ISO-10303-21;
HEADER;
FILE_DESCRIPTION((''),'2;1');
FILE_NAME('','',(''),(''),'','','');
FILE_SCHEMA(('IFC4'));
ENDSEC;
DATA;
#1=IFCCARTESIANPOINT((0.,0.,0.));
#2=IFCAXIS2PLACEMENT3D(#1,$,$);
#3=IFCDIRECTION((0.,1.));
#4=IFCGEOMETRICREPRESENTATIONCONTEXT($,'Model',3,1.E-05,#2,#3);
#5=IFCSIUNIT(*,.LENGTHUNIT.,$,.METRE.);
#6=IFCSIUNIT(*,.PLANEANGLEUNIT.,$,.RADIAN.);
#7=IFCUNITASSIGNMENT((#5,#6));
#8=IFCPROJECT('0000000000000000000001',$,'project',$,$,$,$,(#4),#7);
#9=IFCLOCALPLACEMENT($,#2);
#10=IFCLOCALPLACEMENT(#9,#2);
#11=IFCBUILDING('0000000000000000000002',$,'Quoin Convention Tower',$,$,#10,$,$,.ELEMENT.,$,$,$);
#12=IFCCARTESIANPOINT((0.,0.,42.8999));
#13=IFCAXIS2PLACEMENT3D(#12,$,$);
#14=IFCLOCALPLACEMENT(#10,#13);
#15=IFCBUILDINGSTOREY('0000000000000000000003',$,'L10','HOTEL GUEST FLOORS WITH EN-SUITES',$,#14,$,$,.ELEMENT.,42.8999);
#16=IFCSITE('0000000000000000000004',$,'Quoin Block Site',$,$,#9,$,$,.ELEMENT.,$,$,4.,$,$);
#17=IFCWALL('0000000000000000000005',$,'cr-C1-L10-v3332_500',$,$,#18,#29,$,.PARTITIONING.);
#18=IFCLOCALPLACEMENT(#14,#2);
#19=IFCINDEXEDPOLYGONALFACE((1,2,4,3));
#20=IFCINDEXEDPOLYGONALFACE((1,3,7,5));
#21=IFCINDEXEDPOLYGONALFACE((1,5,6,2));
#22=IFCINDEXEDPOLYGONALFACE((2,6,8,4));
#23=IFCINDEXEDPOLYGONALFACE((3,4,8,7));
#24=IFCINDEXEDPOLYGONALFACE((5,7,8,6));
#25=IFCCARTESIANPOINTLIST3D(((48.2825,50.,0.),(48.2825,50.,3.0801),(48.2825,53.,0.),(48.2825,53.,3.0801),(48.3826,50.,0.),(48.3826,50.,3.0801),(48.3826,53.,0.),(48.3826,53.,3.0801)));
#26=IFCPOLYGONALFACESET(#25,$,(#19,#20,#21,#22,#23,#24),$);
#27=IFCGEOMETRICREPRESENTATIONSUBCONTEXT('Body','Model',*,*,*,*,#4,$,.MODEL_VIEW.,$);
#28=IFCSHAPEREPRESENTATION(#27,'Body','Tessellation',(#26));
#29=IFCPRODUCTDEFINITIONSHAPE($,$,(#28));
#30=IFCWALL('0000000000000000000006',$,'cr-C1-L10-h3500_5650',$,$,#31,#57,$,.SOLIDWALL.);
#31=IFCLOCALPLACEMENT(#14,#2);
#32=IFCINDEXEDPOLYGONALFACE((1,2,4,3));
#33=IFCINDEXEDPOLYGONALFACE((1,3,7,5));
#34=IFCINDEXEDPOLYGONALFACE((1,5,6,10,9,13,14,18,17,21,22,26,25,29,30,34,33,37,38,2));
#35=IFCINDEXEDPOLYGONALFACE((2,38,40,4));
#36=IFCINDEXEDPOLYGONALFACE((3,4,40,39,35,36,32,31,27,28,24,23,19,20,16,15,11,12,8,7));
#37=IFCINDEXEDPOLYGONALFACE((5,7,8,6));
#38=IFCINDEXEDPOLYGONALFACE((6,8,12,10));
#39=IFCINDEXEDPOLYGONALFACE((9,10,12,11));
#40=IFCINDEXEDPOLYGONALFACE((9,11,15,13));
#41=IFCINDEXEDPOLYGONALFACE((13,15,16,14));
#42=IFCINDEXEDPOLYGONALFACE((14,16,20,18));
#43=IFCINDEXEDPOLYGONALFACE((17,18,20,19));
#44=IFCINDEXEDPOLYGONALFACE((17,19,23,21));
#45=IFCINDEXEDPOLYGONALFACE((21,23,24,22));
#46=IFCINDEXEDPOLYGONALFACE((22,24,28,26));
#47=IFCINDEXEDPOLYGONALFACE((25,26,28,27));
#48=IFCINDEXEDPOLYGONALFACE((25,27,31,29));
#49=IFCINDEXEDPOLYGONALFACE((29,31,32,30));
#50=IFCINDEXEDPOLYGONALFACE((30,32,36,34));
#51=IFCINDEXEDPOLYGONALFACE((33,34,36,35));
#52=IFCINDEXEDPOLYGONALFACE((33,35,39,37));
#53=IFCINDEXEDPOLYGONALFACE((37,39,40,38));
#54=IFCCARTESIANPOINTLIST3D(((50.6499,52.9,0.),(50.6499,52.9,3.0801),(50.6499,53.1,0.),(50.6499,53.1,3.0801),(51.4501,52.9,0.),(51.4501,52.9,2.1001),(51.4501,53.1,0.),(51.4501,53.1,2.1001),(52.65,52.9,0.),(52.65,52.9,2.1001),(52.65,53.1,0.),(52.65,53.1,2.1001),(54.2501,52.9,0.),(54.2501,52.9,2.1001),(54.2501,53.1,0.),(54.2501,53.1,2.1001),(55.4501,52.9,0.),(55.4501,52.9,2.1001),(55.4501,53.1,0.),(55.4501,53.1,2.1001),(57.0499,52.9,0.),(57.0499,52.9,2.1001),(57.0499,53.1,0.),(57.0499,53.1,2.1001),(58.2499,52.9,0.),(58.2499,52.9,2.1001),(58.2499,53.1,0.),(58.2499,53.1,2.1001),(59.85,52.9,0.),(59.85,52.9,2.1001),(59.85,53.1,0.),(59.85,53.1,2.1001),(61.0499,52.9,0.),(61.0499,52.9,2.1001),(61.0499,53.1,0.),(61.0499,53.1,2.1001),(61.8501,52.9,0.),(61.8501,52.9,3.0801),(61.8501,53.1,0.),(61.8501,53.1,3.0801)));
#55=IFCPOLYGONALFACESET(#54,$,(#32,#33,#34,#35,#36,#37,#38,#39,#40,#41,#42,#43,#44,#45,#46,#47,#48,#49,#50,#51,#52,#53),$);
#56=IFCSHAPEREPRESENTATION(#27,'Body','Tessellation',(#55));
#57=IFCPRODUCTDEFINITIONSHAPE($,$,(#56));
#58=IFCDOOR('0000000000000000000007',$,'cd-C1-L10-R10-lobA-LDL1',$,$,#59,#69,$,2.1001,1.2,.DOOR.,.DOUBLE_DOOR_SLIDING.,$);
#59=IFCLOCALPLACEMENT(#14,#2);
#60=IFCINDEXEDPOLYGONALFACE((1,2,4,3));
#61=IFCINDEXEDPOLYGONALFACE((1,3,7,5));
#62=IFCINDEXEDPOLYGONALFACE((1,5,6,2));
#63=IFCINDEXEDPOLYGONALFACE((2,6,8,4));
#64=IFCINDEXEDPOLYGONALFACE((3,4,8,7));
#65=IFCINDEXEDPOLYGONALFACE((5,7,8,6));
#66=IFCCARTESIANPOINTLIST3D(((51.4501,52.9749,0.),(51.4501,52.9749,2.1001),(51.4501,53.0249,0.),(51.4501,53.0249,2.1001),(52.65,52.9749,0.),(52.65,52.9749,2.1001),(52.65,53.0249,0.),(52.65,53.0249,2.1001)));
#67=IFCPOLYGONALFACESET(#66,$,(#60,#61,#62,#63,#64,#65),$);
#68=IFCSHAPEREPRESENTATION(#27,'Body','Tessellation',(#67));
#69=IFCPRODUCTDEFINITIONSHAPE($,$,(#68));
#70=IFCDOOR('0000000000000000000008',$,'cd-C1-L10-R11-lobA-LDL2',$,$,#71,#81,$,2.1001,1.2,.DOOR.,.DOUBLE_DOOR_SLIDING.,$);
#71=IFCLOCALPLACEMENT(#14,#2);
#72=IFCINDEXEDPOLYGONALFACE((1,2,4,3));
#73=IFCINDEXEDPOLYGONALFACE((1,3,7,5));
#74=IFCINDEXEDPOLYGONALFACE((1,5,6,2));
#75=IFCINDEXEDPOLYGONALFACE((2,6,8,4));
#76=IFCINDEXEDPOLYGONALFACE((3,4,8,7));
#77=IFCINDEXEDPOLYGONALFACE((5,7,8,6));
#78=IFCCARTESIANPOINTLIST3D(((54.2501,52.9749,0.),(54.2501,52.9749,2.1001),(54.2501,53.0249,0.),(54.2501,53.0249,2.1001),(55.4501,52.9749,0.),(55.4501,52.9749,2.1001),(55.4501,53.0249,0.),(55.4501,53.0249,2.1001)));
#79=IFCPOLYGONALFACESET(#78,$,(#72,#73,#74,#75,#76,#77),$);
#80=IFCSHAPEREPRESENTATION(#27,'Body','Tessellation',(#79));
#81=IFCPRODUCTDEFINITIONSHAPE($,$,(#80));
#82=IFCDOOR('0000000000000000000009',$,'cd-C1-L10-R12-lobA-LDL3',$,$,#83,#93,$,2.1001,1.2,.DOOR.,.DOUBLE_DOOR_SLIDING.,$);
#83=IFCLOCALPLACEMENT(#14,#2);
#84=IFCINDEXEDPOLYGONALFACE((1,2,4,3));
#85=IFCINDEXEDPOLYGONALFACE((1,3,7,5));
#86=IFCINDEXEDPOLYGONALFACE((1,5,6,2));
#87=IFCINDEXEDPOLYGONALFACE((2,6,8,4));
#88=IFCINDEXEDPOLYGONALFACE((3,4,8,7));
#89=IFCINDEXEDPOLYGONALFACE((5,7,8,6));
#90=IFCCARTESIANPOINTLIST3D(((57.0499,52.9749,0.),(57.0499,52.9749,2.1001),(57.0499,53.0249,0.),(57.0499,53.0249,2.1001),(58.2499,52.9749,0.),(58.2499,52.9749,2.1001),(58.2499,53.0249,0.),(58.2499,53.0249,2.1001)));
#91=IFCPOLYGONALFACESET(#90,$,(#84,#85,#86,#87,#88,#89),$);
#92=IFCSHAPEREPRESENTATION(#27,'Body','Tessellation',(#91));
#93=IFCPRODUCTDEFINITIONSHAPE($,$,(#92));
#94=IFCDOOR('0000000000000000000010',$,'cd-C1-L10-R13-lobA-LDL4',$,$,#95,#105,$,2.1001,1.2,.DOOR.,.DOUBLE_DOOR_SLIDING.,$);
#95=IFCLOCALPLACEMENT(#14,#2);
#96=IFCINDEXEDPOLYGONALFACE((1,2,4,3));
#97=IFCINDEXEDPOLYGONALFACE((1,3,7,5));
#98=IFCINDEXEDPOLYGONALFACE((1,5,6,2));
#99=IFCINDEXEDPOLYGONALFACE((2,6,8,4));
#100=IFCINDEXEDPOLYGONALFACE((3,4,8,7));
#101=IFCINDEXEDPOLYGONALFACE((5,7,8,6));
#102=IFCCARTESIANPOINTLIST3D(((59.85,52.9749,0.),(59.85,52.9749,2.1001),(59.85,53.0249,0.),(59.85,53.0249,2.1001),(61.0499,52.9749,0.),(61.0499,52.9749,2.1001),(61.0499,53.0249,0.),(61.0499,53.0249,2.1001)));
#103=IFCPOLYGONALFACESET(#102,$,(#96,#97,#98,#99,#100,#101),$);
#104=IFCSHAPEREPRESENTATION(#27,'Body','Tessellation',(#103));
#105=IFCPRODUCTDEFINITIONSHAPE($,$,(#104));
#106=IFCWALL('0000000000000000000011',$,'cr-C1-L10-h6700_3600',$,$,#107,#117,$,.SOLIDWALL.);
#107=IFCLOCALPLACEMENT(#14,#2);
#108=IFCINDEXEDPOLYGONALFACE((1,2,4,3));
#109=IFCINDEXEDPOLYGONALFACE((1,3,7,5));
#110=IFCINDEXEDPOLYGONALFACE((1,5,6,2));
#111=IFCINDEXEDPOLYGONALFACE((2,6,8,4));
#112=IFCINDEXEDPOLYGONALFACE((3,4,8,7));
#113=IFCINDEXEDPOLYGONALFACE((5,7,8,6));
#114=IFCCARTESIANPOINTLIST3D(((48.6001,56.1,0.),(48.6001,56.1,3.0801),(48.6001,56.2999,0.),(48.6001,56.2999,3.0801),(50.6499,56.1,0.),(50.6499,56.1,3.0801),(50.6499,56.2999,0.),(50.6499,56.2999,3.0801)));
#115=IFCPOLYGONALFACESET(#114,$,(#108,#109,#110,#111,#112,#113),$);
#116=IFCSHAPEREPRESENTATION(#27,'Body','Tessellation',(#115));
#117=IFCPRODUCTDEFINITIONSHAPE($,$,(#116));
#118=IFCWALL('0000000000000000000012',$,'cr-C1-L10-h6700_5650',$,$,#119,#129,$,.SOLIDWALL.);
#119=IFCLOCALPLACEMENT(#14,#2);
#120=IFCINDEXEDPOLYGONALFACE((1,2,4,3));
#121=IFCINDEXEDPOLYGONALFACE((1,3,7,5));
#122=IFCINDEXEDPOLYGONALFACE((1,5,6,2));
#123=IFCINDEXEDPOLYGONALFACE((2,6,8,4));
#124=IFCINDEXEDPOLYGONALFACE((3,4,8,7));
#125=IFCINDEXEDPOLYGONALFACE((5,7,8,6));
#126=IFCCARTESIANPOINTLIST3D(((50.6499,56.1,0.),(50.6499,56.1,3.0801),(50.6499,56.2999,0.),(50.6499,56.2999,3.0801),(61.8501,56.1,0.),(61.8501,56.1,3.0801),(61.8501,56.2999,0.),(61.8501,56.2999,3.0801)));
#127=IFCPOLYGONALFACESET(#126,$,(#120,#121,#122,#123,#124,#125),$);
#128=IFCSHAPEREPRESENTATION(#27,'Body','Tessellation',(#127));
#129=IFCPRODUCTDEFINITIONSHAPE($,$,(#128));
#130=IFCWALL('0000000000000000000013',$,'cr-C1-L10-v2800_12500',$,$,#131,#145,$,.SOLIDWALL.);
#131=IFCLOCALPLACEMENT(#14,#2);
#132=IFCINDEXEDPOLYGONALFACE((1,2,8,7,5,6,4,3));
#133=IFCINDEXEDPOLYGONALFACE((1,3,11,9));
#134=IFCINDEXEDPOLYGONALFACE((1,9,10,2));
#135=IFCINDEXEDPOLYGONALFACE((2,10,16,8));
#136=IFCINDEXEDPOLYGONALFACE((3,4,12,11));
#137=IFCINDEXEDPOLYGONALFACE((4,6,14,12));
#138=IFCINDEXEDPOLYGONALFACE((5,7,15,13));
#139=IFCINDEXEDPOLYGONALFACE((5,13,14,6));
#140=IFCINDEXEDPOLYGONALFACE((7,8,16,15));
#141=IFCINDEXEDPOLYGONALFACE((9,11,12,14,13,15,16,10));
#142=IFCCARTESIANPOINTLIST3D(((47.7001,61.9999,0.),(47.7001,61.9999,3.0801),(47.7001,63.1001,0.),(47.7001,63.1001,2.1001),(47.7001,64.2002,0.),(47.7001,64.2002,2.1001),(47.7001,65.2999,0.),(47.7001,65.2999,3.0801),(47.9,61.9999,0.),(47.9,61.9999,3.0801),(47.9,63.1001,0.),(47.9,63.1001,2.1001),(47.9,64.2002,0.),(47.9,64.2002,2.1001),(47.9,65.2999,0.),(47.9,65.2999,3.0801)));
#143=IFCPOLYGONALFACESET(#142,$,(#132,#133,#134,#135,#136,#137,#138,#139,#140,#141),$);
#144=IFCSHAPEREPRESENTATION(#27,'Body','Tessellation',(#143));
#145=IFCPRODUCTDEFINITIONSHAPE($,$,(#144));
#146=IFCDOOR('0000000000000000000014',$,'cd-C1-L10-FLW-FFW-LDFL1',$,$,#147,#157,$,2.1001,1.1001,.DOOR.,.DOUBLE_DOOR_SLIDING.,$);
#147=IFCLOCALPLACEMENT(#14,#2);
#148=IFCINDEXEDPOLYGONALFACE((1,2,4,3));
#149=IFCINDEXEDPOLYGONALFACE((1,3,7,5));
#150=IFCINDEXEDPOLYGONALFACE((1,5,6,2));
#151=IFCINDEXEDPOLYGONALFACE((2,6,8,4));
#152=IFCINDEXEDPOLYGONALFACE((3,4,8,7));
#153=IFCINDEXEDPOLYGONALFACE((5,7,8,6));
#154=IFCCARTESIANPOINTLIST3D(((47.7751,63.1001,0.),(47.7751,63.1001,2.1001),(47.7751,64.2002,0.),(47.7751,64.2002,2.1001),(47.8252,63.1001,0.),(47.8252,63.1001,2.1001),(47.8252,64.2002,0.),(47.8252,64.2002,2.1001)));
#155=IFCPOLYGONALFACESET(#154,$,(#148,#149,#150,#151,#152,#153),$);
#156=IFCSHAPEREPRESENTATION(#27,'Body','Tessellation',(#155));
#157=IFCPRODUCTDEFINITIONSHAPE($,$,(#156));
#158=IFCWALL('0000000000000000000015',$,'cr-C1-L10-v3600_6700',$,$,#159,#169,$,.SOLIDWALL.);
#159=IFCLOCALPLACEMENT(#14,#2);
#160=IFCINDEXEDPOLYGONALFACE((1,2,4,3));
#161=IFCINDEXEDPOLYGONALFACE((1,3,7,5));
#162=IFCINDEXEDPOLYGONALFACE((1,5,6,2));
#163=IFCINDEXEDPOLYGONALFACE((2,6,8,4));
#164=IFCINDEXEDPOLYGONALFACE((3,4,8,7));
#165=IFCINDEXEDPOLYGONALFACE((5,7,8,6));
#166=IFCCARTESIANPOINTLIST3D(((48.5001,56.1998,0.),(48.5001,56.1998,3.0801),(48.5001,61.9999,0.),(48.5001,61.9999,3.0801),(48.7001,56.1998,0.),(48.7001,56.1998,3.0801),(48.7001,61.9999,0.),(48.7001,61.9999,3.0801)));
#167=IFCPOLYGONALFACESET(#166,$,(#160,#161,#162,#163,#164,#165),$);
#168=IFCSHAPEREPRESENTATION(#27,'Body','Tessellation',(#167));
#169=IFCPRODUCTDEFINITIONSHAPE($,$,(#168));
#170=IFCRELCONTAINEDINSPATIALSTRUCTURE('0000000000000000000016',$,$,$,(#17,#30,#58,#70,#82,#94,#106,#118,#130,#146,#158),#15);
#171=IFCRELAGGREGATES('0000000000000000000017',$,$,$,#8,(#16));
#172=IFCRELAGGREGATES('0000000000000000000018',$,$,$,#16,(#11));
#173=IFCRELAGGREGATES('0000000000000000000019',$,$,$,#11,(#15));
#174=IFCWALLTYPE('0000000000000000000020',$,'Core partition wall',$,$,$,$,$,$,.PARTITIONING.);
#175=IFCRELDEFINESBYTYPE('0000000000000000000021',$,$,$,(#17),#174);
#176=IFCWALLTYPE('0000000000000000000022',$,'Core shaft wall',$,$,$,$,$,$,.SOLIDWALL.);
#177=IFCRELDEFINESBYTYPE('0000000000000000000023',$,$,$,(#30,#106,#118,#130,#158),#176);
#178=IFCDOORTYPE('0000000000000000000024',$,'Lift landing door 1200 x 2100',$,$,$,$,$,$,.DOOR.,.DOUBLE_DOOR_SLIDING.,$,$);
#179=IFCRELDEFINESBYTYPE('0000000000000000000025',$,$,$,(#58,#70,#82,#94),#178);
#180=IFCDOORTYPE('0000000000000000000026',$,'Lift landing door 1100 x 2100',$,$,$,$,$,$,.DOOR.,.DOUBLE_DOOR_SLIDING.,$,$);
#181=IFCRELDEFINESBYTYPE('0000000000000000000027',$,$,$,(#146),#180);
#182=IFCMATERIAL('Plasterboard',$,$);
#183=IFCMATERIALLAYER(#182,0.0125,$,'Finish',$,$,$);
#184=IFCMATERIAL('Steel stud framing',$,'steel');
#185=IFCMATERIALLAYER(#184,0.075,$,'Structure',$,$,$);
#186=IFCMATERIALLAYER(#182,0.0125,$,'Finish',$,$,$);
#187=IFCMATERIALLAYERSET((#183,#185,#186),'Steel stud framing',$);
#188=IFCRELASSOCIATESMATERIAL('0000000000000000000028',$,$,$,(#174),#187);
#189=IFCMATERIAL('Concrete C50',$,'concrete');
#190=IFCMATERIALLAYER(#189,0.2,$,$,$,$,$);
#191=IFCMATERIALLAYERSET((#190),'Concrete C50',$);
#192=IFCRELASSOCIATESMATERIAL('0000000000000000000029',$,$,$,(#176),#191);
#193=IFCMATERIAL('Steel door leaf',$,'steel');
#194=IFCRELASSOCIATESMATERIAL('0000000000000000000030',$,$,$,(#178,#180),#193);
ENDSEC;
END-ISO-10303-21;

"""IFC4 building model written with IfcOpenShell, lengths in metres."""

from ifc_helpers import new_model, si_unit, direction, frame, frame_2d, origin, place, context, subcontext, project, spatial, rectangle, extrude, material, layer, layer_set, type_object, element, fill, save


model = new_model("IFC4")

# Units and contexts
model_context = context("Model", 3, precision=1e-05, world=origin(), true_north=direction((0.0, 1.0)))
body_context = subcontext(model_context, "Body", "Model", "MODEL_VIEW")
ifc_project = project(units=[si_unit("LENGTHUNIT", "METRE"), si_unit("PLANEANGLEUNIT", "RADIAN")], contexts=[model_context])

# Site, building, storey
site_placement = place(None, origin())
site = spatial("IfcSite", under=ifc_project, at=site_placement, Name="Quoin Block Site", CompositionType="ELEMENT", RefElevation=4.0)
building_placement = place(site_placement, origin())
building = spatial("IfcBuilding", under=site, at=building_placement, Name="Quoin Convention Tower", CompositionType="ELEMENT")
storey_placement = place(building_placement, frame((0.0, 0.0, 42.8999)))
storey = spatial("IfcBuildingStorey", under=building, at=storey_placement, Name="L10", Description="HOTEL GUEST FLOORS WITH EN-SUITES", CompositionType="ELEMENT", Elevation=42.8999)

# Wall
ifc_material_1 = material(Name="Plasterboard")
ifc_layer_1 = layer(ifc_material_1, 0.0125, Name="Finish")
ifc_material_2 = material(Name="Steel stud framing", Category="steel")
ifc_layer_2 = layer(ifc_material_2, 0.075, Name="Structure")
ifc_layer_3 = layer(ifc_material_1, 0.0125, Name="Finish")
ifc_layer_set_1 = layer_set([ifc_layer_1, ifc_layer_2, ifc_layer_3], Name="Steel stud framing")
wall_type_1 = type_object("IfcWallType", Name="Core partition wall", PredefinedType="PARTITIONING", material=ifc_layer_set_1)
wall_1_placement = place(storey_placement, frame((48.3325, 50.0, 0.0), z_axis=(0.0, 0.0, 1.0), x_axis=(0.0, 1.0, 0.0)))
element("IfcWall", 1, at=wall_1_placement, inside=storey, type_object=wall_type_1, Name="cr-C1-L10-v3332_500", PredefinedType="PARTITIONING", context=body_context, shape_type="SweptSolid", body=[
    extrude(rectangle(XDim=3.0, YDim=0.1001, at=frame_2d((1.5, 0.0))), origin(), (0.0, 0.0, 1.0), 3.0801),
])

# Wall, openings, doors
ifc_material_3 = material(Name="Concrete C50", Category="concrete")
ifc_layer_4 = layer(ifc_material_3, 0.2)
ifc_layer_set_2 = layer_set([ifc_layer_4], Name="Concrete C50")
wall_type_2 = type_object("IfcWallType", Name="Core shaft wall", PredefinedType="SOLIDWALL", material=ifc_layer_set_2)
wall_2_placement = place(storey_placement, frame((50.6499, 53.0, 0.0), z_axis=(0.0, 0.0, 1.0), x_axis=(1.0, 0.0, 0.0)))
wall_2 = element("IfcWall", 2, at=wall_2_placement, inside=storey, type_object=wall_type_2, Name="cr-C1-L10-h3500_5650", PredefinedType="SOLIDWALL", context=body_context, shape_type="SweptSolid", body=[
    extrude(rectangle(XDim=11.2002, YDim=0.2, at=frame_2d((5.6001, 0.0))), origin(), (0.0, 0.0, 1.0), 3.0801),
])
opening_1_placement = place(wall_2_placement, frame((0.8, 0.0, 0.0)))
opening_1 = element("IfcOpeningElement", 3, at=opening_1_placement, cuts=wall_2, PredefinedType="OPENING", context=body_context, shape_type="SweptSolid", body=[
    extrude(rectangle(XDim=1.2, YDim=2.1001, at=frame_2d((0.6001, 1.05))), frame((0.0, 0.1099, 0.0), z_axis=(0.0, -1.0, 0.0), x_axis=(1.0, 0.0, 0.0)), (0.0, 0.0, 1.0), 0.22),
])
opening_2_placement = place(wall_2_placement, frame((3.6001, 0.0, 0.0)))
opening_2 = element("IfcOpeningElement", 4, at=opening_2_placement, cuts=wall_2, PredefinedType="OPENING", context=body_context, shape_type="SweptSolid", body=[
    extrude(rectangle(XDim=1.2, YDim=2.1001, at=frame_2d((0.6001, 1.05))), frame((0.0, 0.1099, 0.0), z_axis=(0.0, -1.0, 0.0), x_axis=(1.0, 0.0, 0.0)), (0.0, 0.0, 1.0), 0.22),
])
opening_3_placement = place(wall_2_placement, frame((6.3999, 0.0, 0.0)))
opening_3 = element("IfcOpeningElement", 5, at=opening_3_placement, cuts=wall_2, PredefinedType="OPENING", context=body_context, shape_type="SweptSolid", body=[
    extrude(rectangle(XDim=1.2, YDim=2.1001, at=frame_2d((0.6001, 1.05))), frame((0.0, 0.1099, 0.0), z_axis=(0.0, -1.0, 0.0), x_axis=(1.0, 0.0, 0.0)), (0.0, 0.0, 1.0), 0.22),
])
opening_4_placement = place(wall_2_placement, frame((9.2, 0.0, 0.0)))
opening_4 = element("IfcOpeningElement", 6, at=opening_4_placement, cuts=wall_2, PredefinedType="OPENING", context=body_context, shape_type="SweptSolid", body=[
    extrude(rectangle(XDim=1.2, YDim=2.1001, at=frame_2d((0.6001, 1.05))), frame((0.0, 0.1099, 0.0), z_axis=(0.0, -1.0, 0.0), x_axis=(1.0, 0.0, 0.0)), (0.0, 0.0, 1.0), 0.22),
])
ifc_material_4 = material(Name="Steel door leaf", Category="steel")
door_type_1 = type_object("IfcDoorType", Name="Lift landing door 1200 x 2100", OperationType="DOUBLE_DOOR_SLIDING", PredefinedType="DOOR", material=ifc_material_4)
door_1_placement = place(opening_1_placement, origin())
door_1 = element("IfcDoor", 7, at=door_1_placement, inside=storey, type_object=door_type_1, Name="cd-C1-L10-R10-lobA-LDL1", OperationType="DOUBLE_DOOR_SLIDING", OverallHeight=2.1001, OverallWidth=1.2, PredefinedType="DOOR", context=body_context, shape_type="SweptSolid", body=[
    extrude(rectangle(XDim=1.2, YDim=2.1001, at=frame_2d((0.6001, 1.05))), frame((0.0, 0.0249, 0.0), z_axis=(0.0, -1.0, 0.0), x_axis=(1.0, 0.0, 0.0)), (0.0, 0.0, 1.0), 0.05),
])
fill(opening_1, door_1)
door_2_placement = place(opening_2_placement, origin())
door_2 = element("IfcDoor", 8, at=door_2_placement, inside=storey, type_object=door_type_1, Name="cd-C1-L10-R11-lobA-LDL2", OperationType="DOUBLE_DOOR_SLIDING", OverallHeight=2.1001, OverallWidth=1.2, PredefinedType="DOOR", context=body_context, shape_type="SweptSolid", body=[
    extrude(rectangle(XDim=1.2, YDim=2.1001, at=frame_2d((0.6001, 1.05))), frame((0.0, 0.0249, 0.0), z_axis=(0.0, -1.0, 0.0), x_axis=(1.0, 0.0, 0.0)), (0.0, 0.0, 1.0), 0.05),
])
fill(opening_2, door_2)
door_3_placement = place(opening_3_placement, origin())
door_3 = element("IfcDoor", 9, at=door_3_placement, inside=storey, type_object=door_type_1, Name="cd-C1-L10-R12-lobA-LDL3", OperationType="DOUBLE_DOOR_SLIDING", OverallHeight=2.1001, OverallWidth=1.2, PredefinedType="DOOR", context=body_context, shape_type="SweptSolid", body=[
    extrude(rectangle(XDim=1.2, YDim=2.1001, at=frame_2d((0.6001, 1.05))), frame((0.0, 0.0249, 0.0), z_axis=(0.0, -1.0, 0.0), x_axis=(1.0, 0.0, 0.0)), (0.0, 0.0, 1.0), 0.05),
])
fill(opening_3, door_3)
door_4_placement = place(opening_4_placement, origin())
door_4 = element("IfcDoor", 10, at=door_4_placement, inside=storey, type_object=door_type_1, Name="cd-C1-L10-R13-lobA-LDL4", OperationType="DOUBLE_DOOR_SLIDING", OverallHeight=2.1001, OverallWidth=1.2, PredefinedType="DOOR", context=body_context, shape_type="SweptSolid", body=[
    extrude(rectangle(XDim=1.2, YDim=2.1001, at=frame_2d((0.6001, 1.05))), frame((0.0, 0.0249, 0.0), z_axis=(0.0, -1.0, 0.0), x_axis=(1.0, 0.0, 0.0)), (0.0, 0.0, 1.0), 0.05),
])
fill(opening_4, door_4)

# Walls
wall_3_placement = place(storey_placement, frame((48.6001, 56.2, 0.0), z_axis=(0.0, 0.0, 1.0), x_axis=(1.0, 0.0, 0.0)))
element("IfcWall", 11, at=wall_3_placement, inside=storey, type_object=wall_type_2, Name="cr-C1-L10-h6700_3600", PredefinedType="SOLIDWALL", context=body_context, shape_type="SweptSolid", body=[
    extrude(rectangle(XDim=2.0498, YDim=0.2, at=frame_2d((1.0249, 0.0))), origin(), (0.0, 0.0, 1.0), 3.0801),
])
wall_4_placement = place(storey_placement, frame((50.6499, 56.2, 0.0), z_axis=(0.0, 0.0, 1.0), x_axis=(1.0, 0.0, 0.0)))
element("IfcWall", 12, at=wall_4_placement, inside=storey, type_object=wall_type_2, Name="cr-C1-L10-h6700_5650", PredefinedType="SOLIDWALL", context=body_context, shape_type="SweptSolid", body=[
    extrude(rectangle(XDim=11.2002, YDim=0.2, at=frame_2d((5.6001, 0.0))), origin(), (0.0, 0.0, 1.0), 3.0801),
])

# Wall, opening, door
wall_5_placement = place(storey_placement, frame((47.8, 62.0, 0.0), z_axis=(0.0, 0.0, 1.0), x_axis=(0.0, 1.0, 0.0)))
wall_5 = element("IfcWall", 13, at=wall_5_placement, inside=storey, type_object=wall_type_2, Name="cr-C1-L10-v2800_12500", PredefinedType="SOLIDWALL", context=body_context, shape_type="SweptSolid", body=[
    extrude(rectangle(XDim=3.3, YDim=0.2, at=frame_2d((1.6499, 0.0))), origin(), (0.0, 0.0, 1.0), 3.0801),
])
opening_5_placement = place(wall_5_placement, frame((1.1001, 0.0, 0.0)))
opening_5 = element("IfcOpeningElement", 14, at=opening_5_placement, cuts=wall_5, PredefinedType="OPENING", context=body_context, shape_type="SweptSolid", body=[
    extrude(rectangle(XDim=1.1001, YDim=2.1001, at=frame_2d((0.55, 1.05))), frame((0.0, 0.1099, 0.0), z_axis=(0.0, -1.0, 0.0), x_axis=(1.0, 0.0, 0.0)), (0.0, 0.0, 1.0), 0.22),
])
door_type_2 = type_object("IfcDoorType", Name="Lift landing door 1100 x 2100", OperationType="DOUBLE_DOOR_SLIDING", PredefinedType="DOOR", material=ifc_material_4)
door_5_placement = place(opening_5_placement, origin())
door_5 = element("IfcDoor", 15, at=door_5_placement, inside=storey, type_object=door_type_2, Name="cd-C1-L10-FLW-FFW-LDFL1", OperationType="DOUBLE_DOOR_SLIDING", OverallHeight=2.1001, OverallWidth=1.1001, PredefinedType="DOOR", context=body_context, shape_type="SweptSolid", body=[
    extrude(rectangle(XDim=1.1001, YDim=2.1001, at=frame_2d((0.55, 1.05))), frame((0.0, 0.0249, 0.0), z_axis=(0.0, -1.0, 0.0), x_axis=(1.0, 0.0, 0.0)), (0.0, 0.0, 1.0), 0.05),
])
fill(opening_5, door_5)

# Wall
wall_6_placement = place(storey_placement, frame((48.6001, 56.2, 0.0), z_axis=(0.0, 0.0, 1.0), x_axis=(0.0, 1.0, 0.0)))
element("IfcWall", 16, at=wall_6_placement, inside=storey, type_object=wall_type_2, Name="cr-C1-L10-v3600_6700", PredefinedType="SOLIDWALL", context=body_context, shape_type="SweptSolid", body=[
    extrude(rectangle(XDim=5.8, YDim=0.2, at=frame_2d((2.8999, 0.0))), origin(), (0.0, 0.0, 1.0), 3.0801),
])

save(model, "model.ifc")
